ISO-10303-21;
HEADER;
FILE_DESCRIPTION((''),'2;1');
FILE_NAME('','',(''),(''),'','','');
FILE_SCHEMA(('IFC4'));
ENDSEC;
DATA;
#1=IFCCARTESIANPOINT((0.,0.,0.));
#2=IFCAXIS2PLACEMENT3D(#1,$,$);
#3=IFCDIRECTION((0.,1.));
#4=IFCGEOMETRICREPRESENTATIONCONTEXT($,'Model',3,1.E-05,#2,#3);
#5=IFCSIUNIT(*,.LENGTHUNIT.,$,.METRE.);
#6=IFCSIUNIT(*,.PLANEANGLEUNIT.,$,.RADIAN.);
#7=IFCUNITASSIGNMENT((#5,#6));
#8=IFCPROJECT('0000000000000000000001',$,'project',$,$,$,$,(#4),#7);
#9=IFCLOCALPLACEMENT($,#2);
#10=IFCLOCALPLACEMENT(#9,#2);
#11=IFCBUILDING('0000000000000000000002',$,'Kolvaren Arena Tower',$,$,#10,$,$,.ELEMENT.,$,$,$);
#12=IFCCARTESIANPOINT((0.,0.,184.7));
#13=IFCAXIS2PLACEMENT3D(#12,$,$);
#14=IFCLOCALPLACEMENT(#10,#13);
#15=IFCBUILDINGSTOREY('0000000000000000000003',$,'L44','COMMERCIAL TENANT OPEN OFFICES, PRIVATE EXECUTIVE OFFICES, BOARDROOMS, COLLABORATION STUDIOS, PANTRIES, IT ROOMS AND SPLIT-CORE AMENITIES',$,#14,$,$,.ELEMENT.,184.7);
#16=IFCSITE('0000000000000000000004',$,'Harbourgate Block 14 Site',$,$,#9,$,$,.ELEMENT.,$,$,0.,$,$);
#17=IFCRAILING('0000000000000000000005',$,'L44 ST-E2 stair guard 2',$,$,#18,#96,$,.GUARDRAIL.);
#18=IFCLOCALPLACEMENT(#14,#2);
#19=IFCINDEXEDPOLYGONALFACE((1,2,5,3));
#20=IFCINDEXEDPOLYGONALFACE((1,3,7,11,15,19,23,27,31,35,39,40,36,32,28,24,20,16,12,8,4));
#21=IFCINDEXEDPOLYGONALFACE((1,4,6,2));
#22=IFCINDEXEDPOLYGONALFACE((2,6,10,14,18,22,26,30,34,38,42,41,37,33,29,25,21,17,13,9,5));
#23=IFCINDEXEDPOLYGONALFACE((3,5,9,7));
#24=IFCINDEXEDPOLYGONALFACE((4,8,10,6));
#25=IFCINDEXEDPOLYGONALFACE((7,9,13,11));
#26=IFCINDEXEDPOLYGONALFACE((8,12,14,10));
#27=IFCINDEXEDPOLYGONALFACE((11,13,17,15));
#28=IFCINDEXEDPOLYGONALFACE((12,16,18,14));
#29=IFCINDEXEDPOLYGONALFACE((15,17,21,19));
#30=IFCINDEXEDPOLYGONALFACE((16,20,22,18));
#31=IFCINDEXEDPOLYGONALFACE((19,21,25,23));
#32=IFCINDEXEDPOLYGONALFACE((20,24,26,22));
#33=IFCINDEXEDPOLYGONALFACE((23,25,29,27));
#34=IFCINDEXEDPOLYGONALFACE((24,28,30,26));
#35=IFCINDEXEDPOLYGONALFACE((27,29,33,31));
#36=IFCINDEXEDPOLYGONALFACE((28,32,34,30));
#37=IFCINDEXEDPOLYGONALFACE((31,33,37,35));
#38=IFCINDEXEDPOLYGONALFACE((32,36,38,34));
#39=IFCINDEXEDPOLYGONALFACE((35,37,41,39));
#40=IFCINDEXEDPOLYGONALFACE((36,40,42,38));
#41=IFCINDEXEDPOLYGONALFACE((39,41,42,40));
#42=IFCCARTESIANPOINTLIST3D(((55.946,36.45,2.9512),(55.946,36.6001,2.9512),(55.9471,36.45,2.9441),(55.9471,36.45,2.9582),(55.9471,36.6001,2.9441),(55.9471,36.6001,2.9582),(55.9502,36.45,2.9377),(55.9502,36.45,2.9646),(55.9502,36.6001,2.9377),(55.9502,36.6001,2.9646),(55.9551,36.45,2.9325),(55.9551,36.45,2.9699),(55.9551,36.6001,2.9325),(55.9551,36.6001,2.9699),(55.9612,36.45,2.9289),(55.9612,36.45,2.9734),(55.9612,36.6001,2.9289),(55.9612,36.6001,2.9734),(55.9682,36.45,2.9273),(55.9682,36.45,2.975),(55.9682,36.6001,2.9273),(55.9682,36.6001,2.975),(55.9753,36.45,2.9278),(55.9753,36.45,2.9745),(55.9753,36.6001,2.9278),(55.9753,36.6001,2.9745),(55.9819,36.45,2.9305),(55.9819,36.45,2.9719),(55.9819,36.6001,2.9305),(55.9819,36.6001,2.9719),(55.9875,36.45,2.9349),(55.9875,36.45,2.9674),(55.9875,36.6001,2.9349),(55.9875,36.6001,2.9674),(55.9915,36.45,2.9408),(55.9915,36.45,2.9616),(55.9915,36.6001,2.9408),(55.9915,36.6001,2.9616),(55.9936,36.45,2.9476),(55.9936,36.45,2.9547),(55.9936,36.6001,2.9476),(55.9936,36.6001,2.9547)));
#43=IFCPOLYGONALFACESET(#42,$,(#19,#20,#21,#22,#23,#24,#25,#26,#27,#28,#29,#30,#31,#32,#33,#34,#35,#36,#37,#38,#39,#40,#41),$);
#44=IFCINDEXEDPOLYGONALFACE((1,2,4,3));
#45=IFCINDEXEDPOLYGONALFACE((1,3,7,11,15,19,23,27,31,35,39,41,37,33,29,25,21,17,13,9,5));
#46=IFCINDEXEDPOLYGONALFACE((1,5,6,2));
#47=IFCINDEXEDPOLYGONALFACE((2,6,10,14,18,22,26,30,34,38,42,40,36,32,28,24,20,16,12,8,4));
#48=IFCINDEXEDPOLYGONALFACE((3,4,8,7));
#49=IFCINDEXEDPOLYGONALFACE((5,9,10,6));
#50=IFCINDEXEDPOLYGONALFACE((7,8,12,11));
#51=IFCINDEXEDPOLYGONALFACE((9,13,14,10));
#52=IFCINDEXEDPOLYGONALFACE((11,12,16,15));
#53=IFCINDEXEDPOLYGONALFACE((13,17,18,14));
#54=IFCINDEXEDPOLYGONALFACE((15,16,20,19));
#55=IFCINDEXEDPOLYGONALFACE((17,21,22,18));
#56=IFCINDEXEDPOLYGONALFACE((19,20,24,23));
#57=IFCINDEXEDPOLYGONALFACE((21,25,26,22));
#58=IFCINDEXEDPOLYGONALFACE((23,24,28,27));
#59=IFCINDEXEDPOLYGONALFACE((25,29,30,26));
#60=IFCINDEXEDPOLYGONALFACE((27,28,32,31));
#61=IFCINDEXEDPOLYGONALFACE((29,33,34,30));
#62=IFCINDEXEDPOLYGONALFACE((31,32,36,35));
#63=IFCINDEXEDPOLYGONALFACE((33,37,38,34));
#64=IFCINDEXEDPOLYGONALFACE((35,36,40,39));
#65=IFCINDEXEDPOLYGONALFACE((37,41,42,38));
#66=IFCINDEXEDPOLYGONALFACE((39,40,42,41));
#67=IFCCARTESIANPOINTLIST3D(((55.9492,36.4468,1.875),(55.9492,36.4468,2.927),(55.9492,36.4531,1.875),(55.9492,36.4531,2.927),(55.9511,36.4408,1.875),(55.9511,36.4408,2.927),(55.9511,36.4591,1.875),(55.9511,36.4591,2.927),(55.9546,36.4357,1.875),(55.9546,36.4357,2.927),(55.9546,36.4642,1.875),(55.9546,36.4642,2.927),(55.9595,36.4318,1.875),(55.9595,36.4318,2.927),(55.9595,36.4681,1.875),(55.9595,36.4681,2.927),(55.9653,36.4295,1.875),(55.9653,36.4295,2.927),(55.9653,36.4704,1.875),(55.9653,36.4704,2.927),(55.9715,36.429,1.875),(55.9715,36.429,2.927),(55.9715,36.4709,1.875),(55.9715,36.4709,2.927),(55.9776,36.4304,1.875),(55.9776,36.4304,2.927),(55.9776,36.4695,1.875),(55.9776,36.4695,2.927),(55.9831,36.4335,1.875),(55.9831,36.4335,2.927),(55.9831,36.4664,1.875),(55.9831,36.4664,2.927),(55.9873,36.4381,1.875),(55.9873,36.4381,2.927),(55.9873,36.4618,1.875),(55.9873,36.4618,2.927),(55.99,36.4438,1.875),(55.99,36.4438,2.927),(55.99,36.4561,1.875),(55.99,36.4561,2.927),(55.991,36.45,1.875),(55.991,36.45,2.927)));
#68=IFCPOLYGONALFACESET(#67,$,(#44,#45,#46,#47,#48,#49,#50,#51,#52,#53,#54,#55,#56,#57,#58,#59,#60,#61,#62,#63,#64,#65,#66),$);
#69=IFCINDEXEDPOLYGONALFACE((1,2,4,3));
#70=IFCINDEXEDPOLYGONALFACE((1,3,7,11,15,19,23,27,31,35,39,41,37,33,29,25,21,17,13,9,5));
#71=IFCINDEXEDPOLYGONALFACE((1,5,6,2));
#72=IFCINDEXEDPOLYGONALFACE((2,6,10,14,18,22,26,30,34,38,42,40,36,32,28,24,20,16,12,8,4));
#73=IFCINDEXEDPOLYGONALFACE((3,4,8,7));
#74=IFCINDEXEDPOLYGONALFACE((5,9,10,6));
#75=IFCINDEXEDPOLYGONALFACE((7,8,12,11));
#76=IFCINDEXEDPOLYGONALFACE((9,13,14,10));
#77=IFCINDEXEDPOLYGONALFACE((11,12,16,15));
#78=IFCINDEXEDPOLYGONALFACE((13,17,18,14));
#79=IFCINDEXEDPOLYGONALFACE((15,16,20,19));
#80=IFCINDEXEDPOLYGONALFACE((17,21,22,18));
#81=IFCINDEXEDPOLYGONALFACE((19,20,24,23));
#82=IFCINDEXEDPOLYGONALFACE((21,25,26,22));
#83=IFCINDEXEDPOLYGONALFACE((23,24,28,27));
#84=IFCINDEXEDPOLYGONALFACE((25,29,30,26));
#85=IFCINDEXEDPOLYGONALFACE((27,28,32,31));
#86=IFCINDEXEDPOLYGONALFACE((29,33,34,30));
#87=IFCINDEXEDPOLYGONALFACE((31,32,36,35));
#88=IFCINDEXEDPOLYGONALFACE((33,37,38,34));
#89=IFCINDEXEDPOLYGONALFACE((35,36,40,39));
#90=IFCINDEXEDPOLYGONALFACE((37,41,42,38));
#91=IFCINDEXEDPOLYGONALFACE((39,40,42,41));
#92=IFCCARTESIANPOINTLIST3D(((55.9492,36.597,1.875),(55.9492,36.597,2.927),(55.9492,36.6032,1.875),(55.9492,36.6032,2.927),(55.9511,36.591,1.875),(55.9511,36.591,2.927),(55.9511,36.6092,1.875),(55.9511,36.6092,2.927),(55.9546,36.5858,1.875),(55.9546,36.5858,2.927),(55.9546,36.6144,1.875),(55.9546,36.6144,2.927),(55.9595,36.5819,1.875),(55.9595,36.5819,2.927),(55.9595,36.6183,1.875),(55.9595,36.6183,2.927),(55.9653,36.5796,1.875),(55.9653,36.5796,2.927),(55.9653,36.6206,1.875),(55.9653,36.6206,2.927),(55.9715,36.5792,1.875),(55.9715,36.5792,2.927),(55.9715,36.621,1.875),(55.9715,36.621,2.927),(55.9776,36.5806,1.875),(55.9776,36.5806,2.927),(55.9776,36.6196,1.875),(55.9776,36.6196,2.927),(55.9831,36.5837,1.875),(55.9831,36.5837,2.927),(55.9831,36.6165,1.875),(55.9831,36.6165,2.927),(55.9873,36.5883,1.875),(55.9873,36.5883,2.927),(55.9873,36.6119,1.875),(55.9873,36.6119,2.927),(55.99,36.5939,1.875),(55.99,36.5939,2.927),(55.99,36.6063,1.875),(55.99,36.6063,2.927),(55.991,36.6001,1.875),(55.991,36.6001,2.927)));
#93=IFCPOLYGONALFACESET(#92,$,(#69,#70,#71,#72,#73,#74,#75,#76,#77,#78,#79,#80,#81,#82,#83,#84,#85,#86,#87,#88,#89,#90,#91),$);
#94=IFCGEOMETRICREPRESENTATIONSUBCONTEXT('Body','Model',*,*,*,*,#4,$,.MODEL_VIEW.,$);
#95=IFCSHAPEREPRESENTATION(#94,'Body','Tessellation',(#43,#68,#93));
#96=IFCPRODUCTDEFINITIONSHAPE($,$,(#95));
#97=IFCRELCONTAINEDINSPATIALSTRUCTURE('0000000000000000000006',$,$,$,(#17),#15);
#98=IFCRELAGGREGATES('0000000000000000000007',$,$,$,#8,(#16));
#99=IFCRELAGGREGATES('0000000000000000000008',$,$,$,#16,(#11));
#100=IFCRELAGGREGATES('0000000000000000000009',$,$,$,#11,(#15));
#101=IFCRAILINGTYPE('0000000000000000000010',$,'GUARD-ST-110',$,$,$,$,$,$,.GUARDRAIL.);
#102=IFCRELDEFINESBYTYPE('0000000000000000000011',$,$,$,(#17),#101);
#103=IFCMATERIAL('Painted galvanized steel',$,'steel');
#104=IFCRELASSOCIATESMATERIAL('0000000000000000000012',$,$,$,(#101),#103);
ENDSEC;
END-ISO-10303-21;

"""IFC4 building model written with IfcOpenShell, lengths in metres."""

from ifc_helpers import new_model, si_unit, direction, frame, origin, origin_2d, place, context, subcontext, project, spatial, circle, extrude, material, type_object, element, save


model = new_model("IFC4")

# Units and contexts
model_context = context("Model", 3, precision=1e-05, world=origin(), true_north=direction((0.0, 1.0)))
body_context = subcontext(model_context, "Body", "Model", "MODEL_VIEW")
ifc_project = project(units=[si_unit("LENGTHUNIT", "METRE"), si_unit("PLANEANGLEUNIT", "RADIAN")], contexts=[model_context])

# Site, building, storey
site_placement = place(None, origin())
site = spatial("IfcSite", under=ifc_project, at=site_placement, Name="Harbourgate Block 14 Site", CompositionType="ELEMENT", RefElevation=0.0)
building_placement = place(site_placement, origin())
building = spatial("IfcBuilding", under=site, at=building_placement, Name="Kolvaren Arena Tower", CompositionType="ELEMENT")
storey_placement = place(building_placement, frame((0.0, 0.0, 184.7)))
storey = spatial("IfcBuildingStorey", under=building, at=storey_placement, Name="L44", Description="COMMERCIAL TENANT OPEN OFFICES, PRIVATE EXECUTIVE OFFICES, BOARDROOMS, COLLABORATION STUDIOS, PANTRIES, IT ROOMS AND SPLIT-CORE AMENITIES", CompositionType="ELEMENT", Elevation=184.7)

# Railing
ifc_material_1 = material(Name="Painted galvanized steel", Category="steel")
railing_type_1 = type_object("IfcRailingType", Name="GUARD-ST-110", PredefinedType="GUARDRAIL", material=ifc_material_1)
railing_1_placement = place(storey_placement, frame((55.97, 36.45, 1.875)))
element("IfcRailing", 1, at=railing_1_placement, inside=storey, type_object=railing_type_1, Name="L44 ST-E2 stair guard 2", PredefinedType="GUARDRAIL", context=body_context, shape_type="SweptSolid", body=[
    extrude(circle(Radius=0.0239, at=origin_2d()), frame((0.0, 0.0, 1.0762), z_axis=(0.0, 1.0, 0.0), x_axis=(-1.0, 0.0, 0.0)), (0.0, 0.0, 1.0), 0.1501),
    extrude(circle(Radius=0.021, at=origin_2d()), origin(), (0.0, 0.0, 1.0), 1.052),
    extrude(circle(Radius=0.021, at=origin_2d()), frame((0.0, 0.1501, 0.0)), (0.0, 0.0, 1.0), 1.052),
])

save(model, "model.ifc")
